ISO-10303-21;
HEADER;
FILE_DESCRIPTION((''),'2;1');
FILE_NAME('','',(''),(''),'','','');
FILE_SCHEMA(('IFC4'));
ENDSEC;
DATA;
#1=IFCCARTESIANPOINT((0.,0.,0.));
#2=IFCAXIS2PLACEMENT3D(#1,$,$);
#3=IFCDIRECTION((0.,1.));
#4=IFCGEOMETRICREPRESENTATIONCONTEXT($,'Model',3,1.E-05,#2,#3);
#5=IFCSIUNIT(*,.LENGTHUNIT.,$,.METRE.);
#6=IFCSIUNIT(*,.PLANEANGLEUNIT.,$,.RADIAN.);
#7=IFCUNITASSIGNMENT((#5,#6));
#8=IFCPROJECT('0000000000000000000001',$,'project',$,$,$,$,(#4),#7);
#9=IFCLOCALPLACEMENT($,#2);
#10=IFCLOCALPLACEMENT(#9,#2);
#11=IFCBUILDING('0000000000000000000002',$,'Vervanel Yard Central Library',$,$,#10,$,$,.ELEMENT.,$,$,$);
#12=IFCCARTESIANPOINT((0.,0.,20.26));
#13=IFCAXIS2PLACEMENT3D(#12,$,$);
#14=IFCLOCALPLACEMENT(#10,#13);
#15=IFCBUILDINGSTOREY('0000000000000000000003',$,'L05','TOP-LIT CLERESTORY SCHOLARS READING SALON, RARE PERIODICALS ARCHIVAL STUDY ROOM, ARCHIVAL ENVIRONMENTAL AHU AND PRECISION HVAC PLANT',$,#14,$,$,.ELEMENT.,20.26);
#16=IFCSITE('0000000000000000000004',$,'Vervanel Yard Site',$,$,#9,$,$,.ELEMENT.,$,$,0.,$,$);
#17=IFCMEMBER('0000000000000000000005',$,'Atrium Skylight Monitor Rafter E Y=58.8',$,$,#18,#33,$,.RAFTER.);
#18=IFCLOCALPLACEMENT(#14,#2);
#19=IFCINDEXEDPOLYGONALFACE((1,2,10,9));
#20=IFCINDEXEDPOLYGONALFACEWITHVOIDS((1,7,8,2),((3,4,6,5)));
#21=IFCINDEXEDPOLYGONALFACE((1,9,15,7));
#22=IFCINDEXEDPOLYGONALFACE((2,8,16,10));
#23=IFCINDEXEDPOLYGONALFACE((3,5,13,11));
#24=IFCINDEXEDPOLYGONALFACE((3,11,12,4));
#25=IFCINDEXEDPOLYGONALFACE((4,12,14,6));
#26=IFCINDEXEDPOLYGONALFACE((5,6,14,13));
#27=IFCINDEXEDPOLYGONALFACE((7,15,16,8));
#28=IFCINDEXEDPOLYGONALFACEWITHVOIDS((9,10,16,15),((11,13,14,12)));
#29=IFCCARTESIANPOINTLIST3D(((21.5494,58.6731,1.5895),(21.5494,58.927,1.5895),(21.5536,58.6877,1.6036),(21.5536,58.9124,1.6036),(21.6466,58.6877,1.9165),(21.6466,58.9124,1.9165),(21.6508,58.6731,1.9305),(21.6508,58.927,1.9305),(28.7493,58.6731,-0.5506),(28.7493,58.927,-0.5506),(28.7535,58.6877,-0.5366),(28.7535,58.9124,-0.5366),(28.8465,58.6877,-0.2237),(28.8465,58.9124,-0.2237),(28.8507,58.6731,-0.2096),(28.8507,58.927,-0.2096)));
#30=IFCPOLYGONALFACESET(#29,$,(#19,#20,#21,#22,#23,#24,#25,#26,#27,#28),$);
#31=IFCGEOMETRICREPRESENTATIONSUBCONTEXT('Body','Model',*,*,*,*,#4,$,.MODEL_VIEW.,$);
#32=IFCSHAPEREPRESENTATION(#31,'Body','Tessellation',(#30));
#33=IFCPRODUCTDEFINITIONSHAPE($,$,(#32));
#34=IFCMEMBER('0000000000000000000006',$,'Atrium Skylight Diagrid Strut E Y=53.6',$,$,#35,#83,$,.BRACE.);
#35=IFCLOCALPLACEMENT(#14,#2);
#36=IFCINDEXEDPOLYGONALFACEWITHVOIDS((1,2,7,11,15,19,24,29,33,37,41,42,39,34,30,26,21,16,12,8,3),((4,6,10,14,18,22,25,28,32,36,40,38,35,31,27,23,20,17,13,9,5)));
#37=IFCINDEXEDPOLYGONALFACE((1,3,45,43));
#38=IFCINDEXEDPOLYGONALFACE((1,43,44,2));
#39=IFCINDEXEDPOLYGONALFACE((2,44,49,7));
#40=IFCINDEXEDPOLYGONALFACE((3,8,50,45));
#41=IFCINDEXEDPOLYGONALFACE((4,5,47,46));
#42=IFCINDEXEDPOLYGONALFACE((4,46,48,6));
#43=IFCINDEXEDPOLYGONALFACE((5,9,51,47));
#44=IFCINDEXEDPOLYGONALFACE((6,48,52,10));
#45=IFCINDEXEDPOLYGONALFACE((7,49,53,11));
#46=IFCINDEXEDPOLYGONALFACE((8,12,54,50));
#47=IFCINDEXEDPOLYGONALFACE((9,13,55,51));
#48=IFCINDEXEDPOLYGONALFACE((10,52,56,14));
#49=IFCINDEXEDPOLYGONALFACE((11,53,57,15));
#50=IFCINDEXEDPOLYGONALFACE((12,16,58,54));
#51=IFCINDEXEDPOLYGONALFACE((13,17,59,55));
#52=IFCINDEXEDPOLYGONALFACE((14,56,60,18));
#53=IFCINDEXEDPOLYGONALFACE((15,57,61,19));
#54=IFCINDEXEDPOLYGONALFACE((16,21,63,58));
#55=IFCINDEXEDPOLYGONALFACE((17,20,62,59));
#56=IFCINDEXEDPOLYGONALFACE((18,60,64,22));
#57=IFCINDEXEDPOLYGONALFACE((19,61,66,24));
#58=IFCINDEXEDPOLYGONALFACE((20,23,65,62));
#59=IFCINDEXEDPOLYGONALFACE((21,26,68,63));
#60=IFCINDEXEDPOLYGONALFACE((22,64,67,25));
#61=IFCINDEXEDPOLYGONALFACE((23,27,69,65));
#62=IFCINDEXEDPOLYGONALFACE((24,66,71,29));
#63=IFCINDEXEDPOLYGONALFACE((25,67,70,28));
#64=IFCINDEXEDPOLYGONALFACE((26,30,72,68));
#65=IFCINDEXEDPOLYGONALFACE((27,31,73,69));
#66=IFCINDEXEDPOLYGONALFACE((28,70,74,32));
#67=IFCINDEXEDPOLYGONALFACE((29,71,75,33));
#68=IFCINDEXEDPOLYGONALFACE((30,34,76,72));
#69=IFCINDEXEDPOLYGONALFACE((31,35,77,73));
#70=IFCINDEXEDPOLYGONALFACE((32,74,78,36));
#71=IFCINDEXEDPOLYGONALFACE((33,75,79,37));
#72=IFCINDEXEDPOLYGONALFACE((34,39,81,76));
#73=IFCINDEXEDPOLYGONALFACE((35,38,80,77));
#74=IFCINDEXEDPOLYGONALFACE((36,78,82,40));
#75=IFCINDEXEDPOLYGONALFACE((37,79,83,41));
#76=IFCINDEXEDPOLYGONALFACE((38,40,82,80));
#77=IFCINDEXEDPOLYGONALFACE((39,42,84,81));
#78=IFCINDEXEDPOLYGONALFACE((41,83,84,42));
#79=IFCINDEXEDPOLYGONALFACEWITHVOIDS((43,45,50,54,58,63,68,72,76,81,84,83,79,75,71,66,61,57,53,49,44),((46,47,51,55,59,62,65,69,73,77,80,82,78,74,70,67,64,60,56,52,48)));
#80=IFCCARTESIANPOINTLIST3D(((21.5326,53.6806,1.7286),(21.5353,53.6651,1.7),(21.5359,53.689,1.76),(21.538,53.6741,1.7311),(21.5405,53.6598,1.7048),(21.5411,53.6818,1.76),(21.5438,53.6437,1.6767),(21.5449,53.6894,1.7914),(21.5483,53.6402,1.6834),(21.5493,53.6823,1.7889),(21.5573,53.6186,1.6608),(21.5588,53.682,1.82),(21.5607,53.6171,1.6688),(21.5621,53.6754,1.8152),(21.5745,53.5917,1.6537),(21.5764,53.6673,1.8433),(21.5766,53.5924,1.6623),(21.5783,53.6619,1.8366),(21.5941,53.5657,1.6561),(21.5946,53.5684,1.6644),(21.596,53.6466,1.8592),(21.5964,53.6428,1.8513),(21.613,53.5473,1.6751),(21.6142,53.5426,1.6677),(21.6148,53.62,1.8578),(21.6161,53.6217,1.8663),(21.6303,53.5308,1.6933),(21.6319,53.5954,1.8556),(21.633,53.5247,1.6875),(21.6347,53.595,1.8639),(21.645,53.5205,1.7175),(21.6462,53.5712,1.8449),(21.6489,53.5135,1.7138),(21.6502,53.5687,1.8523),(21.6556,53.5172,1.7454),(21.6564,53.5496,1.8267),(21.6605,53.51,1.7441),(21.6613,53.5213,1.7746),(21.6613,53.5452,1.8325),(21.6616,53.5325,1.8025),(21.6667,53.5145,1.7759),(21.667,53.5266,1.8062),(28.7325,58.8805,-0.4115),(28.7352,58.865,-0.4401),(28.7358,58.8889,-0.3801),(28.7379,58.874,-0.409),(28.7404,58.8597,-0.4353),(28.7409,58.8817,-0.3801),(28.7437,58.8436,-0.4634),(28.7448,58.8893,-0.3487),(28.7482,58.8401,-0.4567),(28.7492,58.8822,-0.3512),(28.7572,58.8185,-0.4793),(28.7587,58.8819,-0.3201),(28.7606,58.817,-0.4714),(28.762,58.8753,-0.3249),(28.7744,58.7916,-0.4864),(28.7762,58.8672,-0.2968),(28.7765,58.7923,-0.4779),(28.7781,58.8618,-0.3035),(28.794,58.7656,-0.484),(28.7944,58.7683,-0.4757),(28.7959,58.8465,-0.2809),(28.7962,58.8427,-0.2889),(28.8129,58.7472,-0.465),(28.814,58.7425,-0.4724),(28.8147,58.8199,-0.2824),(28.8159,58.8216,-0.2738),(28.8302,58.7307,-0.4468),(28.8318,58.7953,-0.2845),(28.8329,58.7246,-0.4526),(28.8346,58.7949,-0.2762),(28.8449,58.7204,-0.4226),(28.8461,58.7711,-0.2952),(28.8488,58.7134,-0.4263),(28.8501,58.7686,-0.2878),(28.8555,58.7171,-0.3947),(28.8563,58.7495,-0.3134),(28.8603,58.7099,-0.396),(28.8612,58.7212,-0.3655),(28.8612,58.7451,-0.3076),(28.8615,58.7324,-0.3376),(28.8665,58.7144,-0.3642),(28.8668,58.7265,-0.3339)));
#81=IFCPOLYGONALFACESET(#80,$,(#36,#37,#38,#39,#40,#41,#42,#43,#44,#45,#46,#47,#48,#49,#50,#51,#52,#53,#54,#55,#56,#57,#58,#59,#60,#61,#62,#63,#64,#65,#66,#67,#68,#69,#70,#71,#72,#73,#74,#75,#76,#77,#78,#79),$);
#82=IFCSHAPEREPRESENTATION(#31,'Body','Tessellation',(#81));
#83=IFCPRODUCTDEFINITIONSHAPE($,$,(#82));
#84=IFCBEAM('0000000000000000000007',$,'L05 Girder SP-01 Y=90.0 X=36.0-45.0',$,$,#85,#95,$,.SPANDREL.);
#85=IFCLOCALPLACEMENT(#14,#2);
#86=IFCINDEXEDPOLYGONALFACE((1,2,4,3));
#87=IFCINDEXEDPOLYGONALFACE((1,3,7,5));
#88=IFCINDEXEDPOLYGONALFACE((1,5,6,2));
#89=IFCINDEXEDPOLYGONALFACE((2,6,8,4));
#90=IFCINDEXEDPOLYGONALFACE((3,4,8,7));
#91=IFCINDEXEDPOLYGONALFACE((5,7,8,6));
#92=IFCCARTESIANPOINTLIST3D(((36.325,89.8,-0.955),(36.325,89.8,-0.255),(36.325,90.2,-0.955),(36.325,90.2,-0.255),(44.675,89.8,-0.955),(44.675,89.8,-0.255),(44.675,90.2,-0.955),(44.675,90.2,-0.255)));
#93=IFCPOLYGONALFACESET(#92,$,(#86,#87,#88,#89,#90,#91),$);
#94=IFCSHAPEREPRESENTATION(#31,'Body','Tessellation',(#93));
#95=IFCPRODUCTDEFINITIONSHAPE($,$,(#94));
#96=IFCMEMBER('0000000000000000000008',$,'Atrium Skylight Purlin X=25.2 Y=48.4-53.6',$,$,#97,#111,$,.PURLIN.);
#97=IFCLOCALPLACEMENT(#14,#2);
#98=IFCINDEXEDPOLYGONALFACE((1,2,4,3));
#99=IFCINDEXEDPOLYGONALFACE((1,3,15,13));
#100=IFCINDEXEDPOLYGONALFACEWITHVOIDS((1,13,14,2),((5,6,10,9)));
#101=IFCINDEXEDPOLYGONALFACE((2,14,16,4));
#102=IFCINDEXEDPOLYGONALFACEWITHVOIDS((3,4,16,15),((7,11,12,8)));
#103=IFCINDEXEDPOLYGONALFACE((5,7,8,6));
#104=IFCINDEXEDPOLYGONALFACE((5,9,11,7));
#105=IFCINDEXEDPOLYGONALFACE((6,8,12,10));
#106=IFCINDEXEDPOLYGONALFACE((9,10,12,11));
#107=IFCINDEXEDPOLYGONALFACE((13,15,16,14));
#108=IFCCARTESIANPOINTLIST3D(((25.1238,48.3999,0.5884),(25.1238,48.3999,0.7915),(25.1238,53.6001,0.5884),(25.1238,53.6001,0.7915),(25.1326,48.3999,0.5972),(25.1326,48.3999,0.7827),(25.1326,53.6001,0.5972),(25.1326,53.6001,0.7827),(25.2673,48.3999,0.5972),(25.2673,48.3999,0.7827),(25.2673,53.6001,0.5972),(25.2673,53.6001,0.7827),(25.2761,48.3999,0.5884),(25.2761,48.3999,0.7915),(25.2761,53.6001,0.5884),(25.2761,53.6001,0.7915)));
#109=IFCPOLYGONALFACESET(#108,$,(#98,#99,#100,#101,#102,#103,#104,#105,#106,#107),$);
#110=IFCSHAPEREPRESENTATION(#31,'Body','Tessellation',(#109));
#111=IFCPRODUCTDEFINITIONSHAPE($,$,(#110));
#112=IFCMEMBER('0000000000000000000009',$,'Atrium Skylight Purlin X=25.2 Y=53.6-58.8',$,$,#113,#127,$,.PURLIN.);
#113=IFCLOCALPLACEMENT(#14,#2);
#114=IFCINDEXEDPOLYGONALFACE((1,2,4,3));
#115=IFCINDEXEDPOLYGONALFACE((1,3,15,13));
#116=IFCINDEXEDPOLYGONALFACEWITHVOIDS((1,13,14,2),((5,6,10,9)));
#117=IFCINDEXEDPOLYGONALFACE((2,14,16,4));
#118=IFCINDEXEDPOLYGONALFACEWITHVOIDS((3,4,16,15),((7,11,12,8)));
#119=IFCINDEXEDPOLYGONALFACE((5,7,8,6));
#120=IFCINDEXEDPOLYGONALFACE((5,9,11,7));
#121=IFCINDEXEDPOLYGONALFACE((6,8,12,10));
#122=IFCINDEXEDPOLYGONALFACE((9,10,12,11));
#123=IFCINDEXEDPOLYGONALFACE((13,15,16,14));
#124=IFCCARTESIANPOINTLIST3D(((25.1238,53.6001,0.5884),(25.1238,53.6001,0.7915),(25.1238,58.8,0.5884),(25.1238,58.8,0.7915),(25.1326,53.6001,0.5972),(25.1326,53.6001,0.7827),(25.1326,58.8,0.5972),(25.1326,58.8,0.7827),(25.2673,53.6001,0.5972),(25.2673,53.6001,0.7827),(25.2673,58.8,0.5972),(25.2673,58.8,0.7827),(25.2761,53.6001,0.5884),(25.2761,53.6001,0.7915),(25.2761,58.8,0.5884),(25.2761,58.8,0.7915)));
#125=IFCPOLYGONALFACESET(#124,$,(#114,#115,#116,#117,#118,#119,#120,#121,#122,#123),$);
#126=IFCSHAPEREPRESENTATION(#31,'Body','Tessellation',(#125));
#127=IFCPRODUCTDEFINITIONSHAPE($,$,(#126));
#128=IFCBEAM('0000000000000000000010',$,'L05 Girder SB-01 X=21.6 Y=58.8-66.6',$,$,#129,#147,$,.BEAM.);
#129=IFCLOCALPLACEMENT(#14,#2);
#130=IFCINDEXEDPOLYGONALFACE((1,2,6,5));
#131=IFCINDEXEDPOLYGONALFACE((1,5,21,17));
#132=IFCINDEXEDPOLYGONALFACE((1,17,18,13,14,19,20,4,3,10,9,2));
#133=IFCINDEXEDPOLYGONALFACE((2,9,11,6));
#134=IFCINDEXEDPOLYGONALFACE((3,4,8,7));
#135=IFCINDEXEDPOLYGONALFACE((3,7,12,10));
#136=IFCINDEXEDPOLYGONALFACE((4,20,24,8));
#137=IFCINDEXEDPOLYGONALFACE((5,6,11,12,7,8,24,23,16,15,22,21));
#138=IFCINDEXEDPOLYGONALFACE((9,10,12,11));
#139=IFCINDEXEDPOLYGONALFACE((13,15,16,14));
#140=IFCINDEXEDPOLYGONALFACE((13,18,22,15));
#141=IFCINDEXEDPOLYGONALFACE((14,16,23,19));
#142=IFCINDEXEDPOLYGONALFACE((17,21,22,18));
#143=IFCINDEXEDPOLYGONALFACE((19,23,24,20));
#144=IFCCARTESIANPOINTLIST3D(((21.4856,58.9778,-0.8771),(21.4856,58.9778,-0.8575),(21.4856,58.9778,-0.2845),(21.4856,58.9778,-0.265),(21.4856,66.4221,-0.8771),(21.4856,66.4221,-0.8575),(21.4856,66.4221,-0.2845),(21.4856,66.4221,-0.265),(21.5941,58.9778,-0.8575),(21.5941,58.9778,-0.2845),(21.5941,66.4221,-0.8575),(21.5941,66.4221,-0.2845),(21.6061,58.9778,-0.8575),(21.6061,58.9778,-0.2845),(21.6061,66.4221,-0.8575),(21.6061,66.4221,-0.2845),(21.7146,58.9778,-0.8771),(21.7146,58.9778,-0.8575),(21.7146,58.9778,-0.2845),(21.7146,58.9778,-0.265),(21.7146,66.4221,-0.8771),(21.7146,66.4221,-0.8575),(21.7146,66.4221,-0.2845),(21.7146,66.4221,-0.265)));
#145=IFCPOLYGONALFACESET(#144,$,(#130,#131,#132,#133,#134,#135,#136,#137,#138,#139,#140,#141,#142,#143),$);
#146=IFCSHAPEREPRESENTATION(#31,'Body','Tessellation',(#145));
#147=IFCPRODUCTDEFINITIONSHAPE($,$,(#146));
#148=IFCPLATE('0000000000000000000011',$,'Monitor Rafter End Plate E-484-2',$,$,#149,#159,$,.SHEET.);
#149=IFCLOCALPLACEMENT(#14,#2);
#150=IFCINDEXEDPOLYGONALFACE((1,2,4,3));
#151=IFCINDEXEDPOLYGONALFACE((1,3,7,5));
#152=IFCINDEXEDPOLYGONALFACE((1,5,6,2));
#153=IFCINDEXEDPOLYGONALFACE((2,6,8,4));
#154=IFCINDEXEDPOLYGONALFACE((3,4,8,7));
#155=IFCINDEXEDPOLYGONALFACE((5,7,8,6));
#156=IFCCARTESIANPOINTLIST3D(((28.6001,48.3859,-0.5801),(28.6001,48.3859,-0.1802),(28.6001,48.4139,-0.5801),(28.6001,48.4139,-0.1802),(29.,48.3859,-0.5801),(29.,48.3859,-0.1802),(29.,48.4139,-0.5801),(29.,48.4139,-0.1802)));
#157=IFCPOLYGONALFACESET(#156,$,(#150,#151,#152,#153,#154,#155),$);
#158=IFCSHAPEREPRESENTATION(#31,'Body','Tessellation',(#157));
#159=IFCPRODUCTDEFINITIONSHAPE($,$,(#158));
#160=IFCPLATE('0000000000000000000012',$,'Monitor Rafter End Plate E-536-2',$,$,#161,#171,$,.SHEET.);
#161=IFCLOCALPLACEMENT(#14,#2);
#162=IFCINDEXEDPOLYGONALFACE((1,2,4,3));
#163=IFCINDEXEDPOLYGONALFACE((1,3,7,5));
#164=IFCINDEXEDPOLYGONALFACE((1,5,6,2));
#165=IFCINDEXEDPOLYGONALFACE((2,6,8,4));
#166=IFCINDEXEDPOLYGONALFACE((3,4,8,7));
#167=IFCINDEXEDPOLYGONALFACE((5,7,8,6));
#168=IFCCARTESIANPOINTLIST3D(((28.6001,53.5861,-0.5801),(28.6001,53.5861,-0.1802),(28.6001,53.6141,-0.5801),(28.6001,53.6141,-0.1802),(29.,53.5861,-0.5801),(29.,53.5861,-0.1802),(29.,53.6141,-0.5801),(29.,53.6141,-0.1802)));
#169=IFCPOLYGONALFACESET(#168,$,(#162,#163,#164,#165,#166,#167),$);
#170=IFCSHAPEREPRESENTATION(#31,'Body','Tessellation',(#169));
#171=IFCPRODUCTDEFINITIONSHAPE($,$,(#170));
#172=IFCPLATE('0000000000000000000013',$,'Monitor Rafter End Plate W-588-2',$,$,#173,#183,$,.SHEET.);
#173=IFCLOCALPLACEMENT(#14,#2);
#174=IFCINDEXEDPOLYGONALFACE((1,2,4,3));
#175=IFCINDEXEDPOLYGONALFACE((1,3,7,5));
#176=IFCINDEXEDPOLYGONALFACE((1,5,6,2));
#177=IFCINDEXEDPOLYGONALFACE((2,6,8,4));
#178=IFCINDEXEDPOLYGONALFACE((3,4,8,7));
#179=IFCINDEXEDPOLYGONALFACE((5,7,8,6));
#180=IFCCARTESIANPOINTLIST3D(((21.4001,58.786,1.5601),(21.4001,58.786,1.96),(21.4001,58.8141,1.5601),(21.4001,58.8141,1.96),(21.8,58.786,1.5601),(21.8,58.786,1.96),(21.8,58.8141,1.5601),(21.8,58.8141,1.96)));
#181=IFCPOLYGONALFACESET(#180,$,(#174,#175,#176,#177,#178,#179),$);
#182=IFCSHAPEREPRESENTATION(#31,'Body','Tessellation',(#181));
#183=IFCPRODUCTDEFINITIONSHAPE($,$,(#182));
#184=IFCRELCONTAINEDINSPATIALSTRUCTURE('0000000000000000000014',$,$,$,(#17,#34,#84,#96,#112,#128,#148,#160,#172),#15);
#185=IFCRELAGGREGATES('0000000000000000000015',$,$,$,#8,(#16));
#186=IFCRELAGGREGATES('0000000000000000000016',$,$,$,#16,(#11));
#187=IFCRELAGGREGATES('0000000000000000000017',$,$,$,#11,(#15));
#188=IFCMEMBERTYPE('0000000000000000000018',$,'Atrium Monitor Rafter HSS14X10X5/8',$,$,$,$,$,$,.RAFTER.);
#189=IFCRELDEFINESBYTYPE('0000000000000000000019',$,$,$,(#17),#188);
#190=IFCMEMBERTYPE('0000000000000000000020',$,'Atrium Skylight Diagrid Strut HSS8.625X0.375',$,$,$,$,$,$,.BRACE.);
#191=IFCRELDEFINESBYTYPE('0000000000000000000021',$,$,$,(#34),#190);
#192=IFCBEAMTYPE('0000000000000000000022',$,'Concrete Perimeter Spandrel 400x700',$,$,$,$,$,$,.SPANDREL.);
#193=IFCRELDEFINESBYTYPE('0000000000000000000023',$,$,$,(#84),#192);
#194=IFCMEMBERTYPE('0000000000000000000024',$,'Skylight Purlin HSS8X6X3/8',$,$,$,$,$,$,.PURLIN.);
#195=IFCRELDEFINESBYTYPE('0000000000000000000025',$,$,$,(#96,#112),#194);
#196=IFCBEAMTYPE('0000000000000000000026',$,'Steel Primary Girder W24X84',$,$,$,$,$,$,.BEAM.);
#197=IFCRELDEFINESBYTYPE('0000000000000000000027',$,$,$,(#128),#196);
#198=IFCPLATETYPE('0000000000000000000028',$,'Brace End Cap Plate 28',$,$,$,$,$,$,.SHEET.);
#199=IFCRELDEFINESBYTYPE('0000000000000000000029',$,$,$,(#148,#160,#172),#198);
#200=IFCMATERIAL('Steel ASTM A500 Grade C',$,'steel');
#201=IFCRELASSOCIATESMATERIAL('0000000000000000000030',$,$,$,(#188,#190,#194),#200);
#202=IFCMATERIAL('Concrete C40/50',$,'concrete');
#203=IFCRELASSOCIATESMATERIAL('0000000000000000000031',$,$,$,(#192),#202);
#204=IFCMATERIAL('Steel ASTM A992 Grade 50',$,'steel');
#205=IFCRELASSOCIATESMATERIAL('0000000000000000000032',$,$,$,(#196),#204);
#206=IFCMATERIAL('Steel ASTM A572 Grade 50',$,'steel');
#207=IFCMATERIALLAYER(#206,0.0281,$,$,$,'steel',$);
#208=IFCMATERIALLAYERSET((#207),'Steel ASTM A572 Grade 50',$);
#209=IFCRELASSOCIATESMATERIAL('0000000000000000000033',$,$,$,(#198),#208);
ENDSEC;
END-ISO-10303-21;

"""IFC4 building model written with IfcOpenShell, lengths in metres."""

from ifc_helpers import new_model, si_unit, direction, frame, origin, origin_2d, place, context, subcontext, project, spatial, rectangle, hollow_rectangle, hollow_circle, i_section, extrude, material, layer, layer_set, material_profile, profile_set, type_object, element, save


model = new_model("IFC4")

# Units and contexts
model_context = context("Model", 3, precision=1e-05, world=origin(), true_north=direction((0.0, 1.0)))
body_context = subcontext(model_context, "Body", "Model", "MODEL_VIEW")
ifc_project = project(units=[si_unit("LENGTHUNIT", "METRE"), si_unit("PLANEANGLEUNIT", "RADIAN")], contexts=[model_context])

# Site, building, storey
site_placement = place(None, origin())
site = spatial("IfcSite", under=ifc_project, at=site_placement, Name="Vervanel Yard Site", CompositionType="ELEMENT", RefElevation=0.0)
building_placement = place(site_placement, origin())
building = spatial("IfcBuilding", under=site, at=building_placement, Name="Vervanel Yard Central Library", CompositionType="ELEMENT")
storey_placement = place(building_placement, frame((0.0, 0.0, 20.26)))
storey = spatial("IfcBuildingStorey", under=building, at=storey_placement, Name="L05", Description="TOP-LIT CLERESTORY SCHOLARS READING SALON, RARE PERIODICALS ARCHIVAL STUDY ROOM, ARCHIVAL ENVIRONMENTAL AHU AND PRECISION HVAC PLANT", CompositionType="ELEMENT", Elevation=20.26)

# Members
ifc_material_1 = material(Name="Steel ASTM A500 Grade C", Category="steel")
ifc_material_profile_1 = material_profile(ifc_material_1, hollow_rectangle(XDim=0.2539, YDim=0.3557, WallThickness=0.0146, at=origin_2d()), Name="HSS14X10X5/8", Category="steel")
ifc_profile_set_1 = profile_set([ifc_material_profile_1], Name="Steel ASTM A500 Grade C")
member_type_1 = type_object("IfcMemberType", Name="Atrium Monitor Rafter HSS14X10X5/8", PredefinedType="RAFTER", material=ifc_profile_set_1)
member_1_placement = place(storey_placement, frame((21.6001, 58.8, 1.76), z_axis=(0.958551, 0.0, -0.284923), x_axis=(0.0, 1.0, 0.0)))
element("IfcMember", 1, at=member_1_placement, inside=storey, type_object=member_type_1, Name="Atrium Skylight Monitor Rafter E Y=58.8", PredefinedType="RAFTER", context=body_context, shape_type="SweptSolid", body=[
    extrude(hollow_rectangle(XDim=0.2539, YDim=0.3557, WallThickness=0.0146, at=origin_2d()), origin(), (0.0, 0.0, 1.0), 7.5112),
])
ifc_material_profile_2 = material_profile(ifc_material_1, hollow_circle(Radius=0.1096, WallThickness=0.0088, at=origin_2d()), Name="HSS8.625X0.375", Category="steel")
ifc_profile_set_2 = profile_set([ifc_material_profile_2], Name="Steel ASTM A500 Grade C")
member_type_2 = type_object("IfcMemberType", Name="Atrium Skylight Diagrid Strut HSS8.625X0.375", PredefinedType="BRACE", material=ifc_profile_set_2)
member_2_placement = place(storey_placement, frame((21.6001, 53.6001, 1.76), z_axis=(0.788121, 0.569197, -0.234264), x_axis=(-0.58549, 0.81068, 0.0)))
element("IfcMember", 2, at=member_2_placement, inside=storey, type_object=member_type_2, Name="Atrium Skylight Diagrid Strut E Y=53.6", PredefinedType="BRACE", context=body_context, shape_type="SweptSolid", body=[
    extrude(hollow_circle(Radius=0.1096, WallThickness=0.0088, at=origin_2d()), origin(), (0.0, 0.0, 1.0), 9.1355),
])

# Beam
ifc_material_2 = material(Name="Concrete C40/50", Category="concrete")
ifc_material_profile_3 = material_profile(ifc_material_2, rectangle(XDim=0.3999, YDim=0.7, at=origin_2d()), Name="RC 400x700", Category="concrete")
ifc_profile_set_3 = profile_set([ifc_material_profile_3], Name="Concrete C40/50")
beam_type_1 = type_object("IfcBeamType", Name="Concrete Perimeter Spandrel 400x700", PredefinedType="SPANDREL", material=ifc_profile_set_3)
beam_1_placement = place(storey_placement, frame((36.325, 90.0, -0.605), z_axis=(1.0, 0.0, 0.0), x_axis=(0.0, 1.0, 0.0)))
element("IfcBeam", 3, at=beam_1_placement, inside=storey, type_object=beam_type_1, Name="L05 Girder SP-01 Y=90.0 X=36.0-45.0", PredefinedType="SPANDREL", context=body_context, shape_type="SweptSolid", body=[
    extrude(rectangle(XDim=0.3999, YDim=0.7, at=origin_2d()), origin(), (0.0, 0.0, 1.0), 8.3501),
])

# Members
ifc_material_profile_4 = material_profile(ifc_material_1, hollow_rectangle(XDim=0.1523, YDim=0.2031, WallThickness=0.0088, at=origin_2d()), Name="HSS8X6X3/8", Category="steel")
ifc_profile_set_4 = profile_set([ifc_material_profile_4], Name="Steel ASTM A500 Grade C")
member_type_3 = type_object("IfcMemberType", Name="Skylight Purlin HSS8X6X3/8", PredefinedType="PURLIN", material=ifc_profile_set_4)
member_3_placement = place(storey_placement, frame((25.2, 48.3999, 0.6899), z_axis=(0.0, 1.0, 0.0), x_axis=(-1.0, 0.0, 0.0)))
element("IfcMember", 4, at=member_3_placement, inside=storey, type_object=member_type_3, Name="Atrium Skylight Purlin X=25.2 Y=48.4-53.6", PredefinedType="PURLIN", context=body_context, shape_type="SweptSolid", body=[
    extrude(hollow_rectangle(XDim=0.1523, YDim=0.2031, WallThickness=0.0088, at=origin_2d()), origin(), (0.0, 0.0, 1.0), 5.2002),
])
member_4_placement = place(storey_placement, frame((25.2, 53.6001, 0.6899), z_axis=(0.0, 1.0, 0.0), x_axis=(-1.0, 0.0, 0.0)))
element("IfcMember", 5, at=member_4_placement, inside=storey, type_object=member_type_3, Name="Atrium Skylight Purlin X=25.2 Y=53.6-58.8", PredefinedType="PURLIN", context=body_context, shape_type="SweptSolid", body=[
    extrude(hollow_rectangle(XDim=0.1523, YDim=0.2031, WallThickness=0.0088, at=origin_2d()), origin(), (0.0, 0.0, 1.0), 5.2),
])

# Beam
ifc_material_3 = material(Name="Steel ASTM A992 Grade 50", Category="steel")
ifc_material_profile_5 = material_profile(ifc_material_3, i_section(OverallWidth=0.229, OverallDepth=0.6121, WebThickness=0.012, FlangeThickness=0.0195, at=origin_2d()), Name="W24X84", Category="steel")
ifc_profile_set_5 = profile_set([ifc_material_profile_5], Name="Steel ASTM A992 Grade 50")
beam_type_2 = type_object("IfcBeamType", Name="Steel Primary Girder W24X84", PredefinedType="BEAM", material=ifc_profile_set_5)
beam_2_placement = place(storey_placement, frame((21.6001, 58.9778, -0.571), z_axis=(0.0, 1.0, 0.0), x_axis=(-1.0, 0.0, 0.0)))
element("IfcBeam", 6, at=beam_2_placement, inside=storey, type_object=beam_type_2, Name="L05 Girder SB-01 X=21.6 Y=58.8-66.6", PredefinedType="BEAM", context=body_context, shape_type="SweptSolid", body=[
    extrude(i_section(OverallWidth=0.229, OverallDepth=0.6121, WebThickness=0.012, FlangeThickness=0.0195, at=origin_2d()), origin(), (0.0, 0.0, 1.0), 7.4443),
])

# Plates
ifc_material_4 = material(Name="Steel ASTM A572 Grade 50", Category="steel")
ifc_layer_1 = layer(ifc_material_4, 0.0281, Category="steel")
ifc_layer_set_1 = layer_set([ifc_layer_1], Name="Steel ASTM A572 Grade 50")
plate_type = type_object("IfcPlateType", Name="Brace End Cap Plate 28", PredefinedType="SHEET", material=ifc_layer_set_1)
for number, where, z_axis, x_axis, name in (
    (7, (28.8, 48.3999, -0.5801), (0.0, 0.0, 1.0), (1.0, 0.0, 0.0), "Monitor Rafter End Plate E-484-2"),
    (8, (28.8, 53.6001, -0.5801), (0.0, 0.0, 1.0), (1.0, 0.0, 0.0), "Monitor Rafter End Plate E-536-2"),
    (9, (21.6001, 58.8, 1.5601), (0.0, 0.0, 1.0), (1.0, 0.0, 0.0), "Monitor Rafter End Plate W-588-2"),
):
    element("IfcPlate", number, at=place(storey_placement, frame(where, z_axis=z_axis, x_axis=x_axis)), inside=storey, type_object=plate_type, Name=name, PredefinedType="SHEET", context=body_context, shape_type="SweptSolid", body=[
        extrude(rectangle(XDim=0.3999, YDim=0.0281, at=origin_2d()), origin(), (0.0, 0.0, 1.0), 0.3999),
    ])

save(model, "model.ifc")
